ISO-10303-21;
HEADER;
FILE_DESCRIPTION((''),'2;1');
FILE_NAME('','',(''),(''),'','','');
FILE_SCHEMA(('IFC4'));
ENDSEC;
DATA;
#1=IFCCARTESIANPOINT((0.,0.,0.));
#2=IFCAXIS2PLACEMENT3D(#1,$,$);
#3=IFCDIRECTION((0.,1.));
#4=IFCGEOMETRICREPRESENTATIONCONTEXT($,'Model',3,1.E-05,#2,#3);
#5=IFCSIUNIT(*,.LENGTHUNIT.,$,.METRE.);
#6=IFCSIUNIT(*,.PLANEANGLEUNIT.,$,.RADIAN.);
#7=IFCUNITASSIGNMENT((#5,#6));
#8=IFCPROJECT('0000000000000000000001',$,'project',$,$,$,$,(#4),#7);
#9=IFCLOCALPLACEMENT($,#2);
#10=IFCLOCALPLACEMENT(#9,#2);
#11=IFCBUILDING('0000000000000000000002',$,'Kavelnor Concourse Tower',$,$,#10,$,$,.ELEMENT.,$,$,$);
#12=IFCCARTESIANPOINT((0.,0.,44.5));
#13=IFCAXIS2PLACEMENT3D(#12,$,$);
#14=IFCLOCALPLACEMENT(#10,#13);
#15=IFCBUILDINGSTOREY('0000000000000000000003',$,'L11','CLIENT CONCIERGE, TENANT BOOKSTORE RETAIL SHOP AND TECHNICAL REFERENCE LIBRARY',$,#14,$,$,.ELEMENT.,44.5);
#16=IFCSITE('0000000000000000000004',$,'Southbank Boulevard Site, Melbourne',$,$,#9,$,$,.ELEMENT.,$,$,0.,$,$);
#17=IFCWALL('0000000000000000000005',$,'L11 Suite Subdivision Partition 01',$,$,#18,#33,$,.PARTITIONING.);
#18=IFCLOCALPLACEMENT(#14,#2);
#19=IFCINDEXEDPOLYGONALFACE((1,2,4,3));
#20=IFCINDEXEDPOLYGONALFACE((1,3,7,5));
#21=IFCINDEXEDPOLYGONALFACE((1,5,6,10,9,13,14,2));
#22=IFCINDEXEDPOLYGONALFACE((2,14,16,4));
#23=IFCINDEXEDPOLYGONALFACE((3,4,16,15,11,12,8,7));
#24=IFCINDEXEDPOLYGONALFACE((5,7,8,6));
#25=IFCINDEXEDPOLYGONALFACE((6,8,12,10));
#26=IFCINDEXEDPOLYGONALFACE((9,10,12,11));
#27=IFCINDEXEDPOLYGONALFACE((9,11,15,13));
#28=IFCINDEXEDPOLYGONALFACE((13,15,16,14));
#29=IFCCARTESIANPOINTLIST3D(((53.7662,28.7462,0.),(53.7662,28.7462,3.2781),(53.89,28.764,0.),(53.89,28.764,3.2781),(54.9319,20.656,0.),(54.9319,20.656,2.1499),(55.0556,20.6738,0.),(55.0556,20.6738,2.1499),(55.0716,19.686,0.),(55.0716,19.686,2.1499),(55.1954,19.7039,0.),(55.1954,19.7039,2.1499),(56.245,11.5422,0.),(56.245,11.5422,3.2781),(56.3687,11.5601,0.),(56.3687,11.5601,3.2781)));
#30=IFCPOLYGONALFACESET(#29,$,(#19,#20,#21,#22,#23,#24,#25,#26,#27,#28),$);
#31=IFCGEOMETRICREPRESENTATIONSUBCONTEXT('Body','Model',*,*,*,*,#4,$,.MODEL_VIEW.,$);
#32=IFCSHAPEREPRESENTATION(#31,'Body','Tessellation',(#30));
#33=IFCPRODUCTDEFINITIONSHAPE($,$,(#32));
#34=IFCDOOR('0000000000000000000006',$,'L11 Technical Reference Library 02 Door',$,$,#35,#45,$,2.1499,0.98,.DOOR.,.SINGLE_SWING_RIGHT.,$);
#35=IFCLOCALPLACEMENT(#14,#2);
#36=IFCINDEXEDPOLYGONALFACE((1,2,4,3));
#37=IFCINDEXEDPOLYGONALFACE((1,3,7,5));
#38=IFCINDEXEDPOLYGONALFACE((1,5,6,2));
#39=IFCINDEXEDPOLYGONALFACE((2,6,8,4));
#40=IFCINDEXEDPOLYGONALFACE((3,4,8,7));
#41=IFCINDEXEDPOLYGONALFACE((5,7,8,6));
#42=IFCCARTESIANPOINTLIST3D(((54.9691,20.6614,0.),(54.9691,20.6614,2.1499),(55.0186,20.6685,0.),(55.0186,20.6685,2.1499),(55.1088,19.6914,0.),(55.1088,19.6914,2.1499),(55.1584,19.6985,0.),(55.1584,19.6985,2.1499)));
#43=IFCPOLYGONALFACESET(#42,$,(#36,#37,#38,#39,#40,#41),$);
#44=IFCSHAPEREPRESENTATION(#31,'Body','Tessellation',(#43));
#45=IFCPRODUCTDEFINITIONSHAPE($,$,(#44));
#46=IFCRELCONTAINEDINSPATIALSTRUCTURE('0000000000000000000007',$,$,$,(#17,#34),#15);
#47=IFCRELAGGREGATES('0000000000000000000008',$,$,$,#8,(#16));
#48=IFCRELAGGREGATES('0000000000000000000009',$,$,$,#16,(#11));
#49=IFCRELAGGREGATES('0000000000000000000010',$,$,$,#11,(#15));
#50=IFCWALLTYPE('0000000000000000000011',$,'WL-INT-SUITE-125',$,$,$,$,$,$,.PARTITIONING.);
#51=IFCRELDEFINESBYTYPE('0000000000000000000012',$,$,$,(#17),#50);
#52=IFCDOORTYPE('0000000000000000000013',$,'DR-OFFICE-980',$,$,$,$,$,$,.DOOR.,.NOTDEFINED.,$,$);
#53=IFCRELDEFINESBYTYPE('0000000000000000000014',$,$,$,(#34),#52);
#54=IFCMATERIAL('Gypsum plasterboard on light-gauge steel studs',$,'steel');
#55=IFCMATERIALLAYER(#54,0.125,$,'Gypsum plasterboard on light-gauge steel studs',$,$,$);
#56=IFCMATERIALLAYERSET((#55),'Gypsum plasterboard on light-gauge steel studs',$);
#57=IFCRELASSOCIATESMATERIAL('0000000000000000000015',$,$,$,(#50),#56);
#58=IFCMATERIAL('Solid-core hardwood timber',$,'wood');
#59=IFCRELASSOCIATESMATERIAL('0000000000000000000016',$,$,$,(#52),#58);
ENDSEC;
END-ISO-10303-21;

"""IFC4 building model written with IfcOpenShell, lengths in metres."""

from ifc_helpers import new_model, si_unit, direction, frame, frame_2d, origin, place, context, subcontext, project, spatial, rectangle, extrude, material, layer, layer_set, type_object, element, fill, save


model = new_model("IFC4")

# Units and contexts
model_context = context("Model", 3, precision=1e-05, world=origin(), true_north=direction((0.0, 1.0)))
body_context = subcontext(model_context, "Body", "Model", "MODEL_VIEW")
ifc_project = project(units=[si_unit("LENGTHUNIT", "METRE"), si_unit("PLANEANGLEUNIT", "RADIAN")], contexts=[model_context])

# Site, building, storey
site_placement = place(None, origin())
site = spatial("IfcSite", under=ifc_project, at=site_placement, Name="Southbank Boulevard Site, Melbourne", CompositionType="ELEMENT", RefElevation=0.0)
building_placement = place(site_placement, origin())
building = spatial("IfcBuilding", under=site, at=building_placement, Name="Kavelnor Concourse Tower", CompositionType="ELEMENT")
storey_placement = place(building_placement, frame((0.0, 0.0, 44.5)))
storey = spatial("IfcBuildingStorey", under=building, at=storey_placement, Name="L11", Description="CLIENT CONCIERGE, TENANT BOOKSTORE RETAIL SHOP AND TECHNICAL REFERENCE LIBRARY", CompositionType="ELEMENT", Elevation=44.5)

# Shared definitions
ifc_material_1 = material(Name="Gypsum plasterboard on light-gauge steel studs", Category="steel")

# Wall, opening, door
ifc_layer_1 = layer(ifc_material_1, 0.125, Name="Gypsum plasterboard on light-gauge steel studs")
ifc_layer_set_1 = layer_set([ifc_layer_1], Name="Gypsum plasterboard on light-gauge steel studs")
wall_type_1 = type_object("IfcWallType", Name="WL-INT-SUITE-125", PredefinedType="PARTITIONING", material=ifc_layer_set_1)
wall_1_placement = place(storey_placement, frame((56.3069, 11.551, 0.0), z_axis=(0.0, 0.0, 1.0), x_axis=(-0.142609, 0.989779, 0.0)))
wall_1 = element("IfcWall", 1, at=wall_1_placement, inside=storey, type_object=wall_type_1, Name="L11 Suite Subdivision Partition 01", PredefinedType="PARTITIONING", context=body_context, shape_type="SweptSolid", body=[
    extrude(rectangle(XDim=17.3816, YDim=0.125, at=frame_2d((8.6909, 0.0))), origin(), (0.0, 0.0, 1.0), 3.2781),
])
opening_1_placement = place(wall_1_placement, frame((8.228, 0.0, 0.0)))
opening_1 = element("IfcOpeningElement", 2, at=opening_1_placement, cuts=wall_1, PredefinedType="OPENING", context=body_context, shape_type="SweptSolid", body=[
    extrude(rectangle(XDim=0.98, YDim=2.1499, at=frame_2d((0.49, 1.075))), frame((0.0, 0.0725, 0.0), z_axis=(0.0, -1.0, 0.0), x_axis=(1.0, 0.0, 0.0)), (0.0, 0.0, 1.0), 0.145),
])
ifc_material_2 = material(Name="Solid-core hardwood timber", Category="wood")
door_type = type_object("IfcDoorType", Name="DR-OFFICE-980", OperationType="NOTDEFINED", PredefinedType="DOOR", material=ifc_material_2)
door_placement = place(opening_1_placement, origin())
door = element("IfcDoor", 3, at=door_placement, inside=storey, type_object=door_type, Name="L11 Technical Reference Library 02 Door", OperationType="SINGLE_SWING_RIGHT", OverallHeight=2.1499, OverallWidth=0.98, PredefinedType="DOOR", context=body_context, shape_type="SweptSolid", body=[
    extrude(rectangle(XDim=0.98, YDim=2.1499, at=frame_2d((0.49, 1.075))), frame((0.0, 0.0249, 0.0), z_axis=(0.0, -1.0, 0.0), x_axis=(1.0, 0.0, 0.0)), (0.0, 0.0, 1.0), 0.05),
])
fill(opening_1, door)

save(model, "model.ifc")
